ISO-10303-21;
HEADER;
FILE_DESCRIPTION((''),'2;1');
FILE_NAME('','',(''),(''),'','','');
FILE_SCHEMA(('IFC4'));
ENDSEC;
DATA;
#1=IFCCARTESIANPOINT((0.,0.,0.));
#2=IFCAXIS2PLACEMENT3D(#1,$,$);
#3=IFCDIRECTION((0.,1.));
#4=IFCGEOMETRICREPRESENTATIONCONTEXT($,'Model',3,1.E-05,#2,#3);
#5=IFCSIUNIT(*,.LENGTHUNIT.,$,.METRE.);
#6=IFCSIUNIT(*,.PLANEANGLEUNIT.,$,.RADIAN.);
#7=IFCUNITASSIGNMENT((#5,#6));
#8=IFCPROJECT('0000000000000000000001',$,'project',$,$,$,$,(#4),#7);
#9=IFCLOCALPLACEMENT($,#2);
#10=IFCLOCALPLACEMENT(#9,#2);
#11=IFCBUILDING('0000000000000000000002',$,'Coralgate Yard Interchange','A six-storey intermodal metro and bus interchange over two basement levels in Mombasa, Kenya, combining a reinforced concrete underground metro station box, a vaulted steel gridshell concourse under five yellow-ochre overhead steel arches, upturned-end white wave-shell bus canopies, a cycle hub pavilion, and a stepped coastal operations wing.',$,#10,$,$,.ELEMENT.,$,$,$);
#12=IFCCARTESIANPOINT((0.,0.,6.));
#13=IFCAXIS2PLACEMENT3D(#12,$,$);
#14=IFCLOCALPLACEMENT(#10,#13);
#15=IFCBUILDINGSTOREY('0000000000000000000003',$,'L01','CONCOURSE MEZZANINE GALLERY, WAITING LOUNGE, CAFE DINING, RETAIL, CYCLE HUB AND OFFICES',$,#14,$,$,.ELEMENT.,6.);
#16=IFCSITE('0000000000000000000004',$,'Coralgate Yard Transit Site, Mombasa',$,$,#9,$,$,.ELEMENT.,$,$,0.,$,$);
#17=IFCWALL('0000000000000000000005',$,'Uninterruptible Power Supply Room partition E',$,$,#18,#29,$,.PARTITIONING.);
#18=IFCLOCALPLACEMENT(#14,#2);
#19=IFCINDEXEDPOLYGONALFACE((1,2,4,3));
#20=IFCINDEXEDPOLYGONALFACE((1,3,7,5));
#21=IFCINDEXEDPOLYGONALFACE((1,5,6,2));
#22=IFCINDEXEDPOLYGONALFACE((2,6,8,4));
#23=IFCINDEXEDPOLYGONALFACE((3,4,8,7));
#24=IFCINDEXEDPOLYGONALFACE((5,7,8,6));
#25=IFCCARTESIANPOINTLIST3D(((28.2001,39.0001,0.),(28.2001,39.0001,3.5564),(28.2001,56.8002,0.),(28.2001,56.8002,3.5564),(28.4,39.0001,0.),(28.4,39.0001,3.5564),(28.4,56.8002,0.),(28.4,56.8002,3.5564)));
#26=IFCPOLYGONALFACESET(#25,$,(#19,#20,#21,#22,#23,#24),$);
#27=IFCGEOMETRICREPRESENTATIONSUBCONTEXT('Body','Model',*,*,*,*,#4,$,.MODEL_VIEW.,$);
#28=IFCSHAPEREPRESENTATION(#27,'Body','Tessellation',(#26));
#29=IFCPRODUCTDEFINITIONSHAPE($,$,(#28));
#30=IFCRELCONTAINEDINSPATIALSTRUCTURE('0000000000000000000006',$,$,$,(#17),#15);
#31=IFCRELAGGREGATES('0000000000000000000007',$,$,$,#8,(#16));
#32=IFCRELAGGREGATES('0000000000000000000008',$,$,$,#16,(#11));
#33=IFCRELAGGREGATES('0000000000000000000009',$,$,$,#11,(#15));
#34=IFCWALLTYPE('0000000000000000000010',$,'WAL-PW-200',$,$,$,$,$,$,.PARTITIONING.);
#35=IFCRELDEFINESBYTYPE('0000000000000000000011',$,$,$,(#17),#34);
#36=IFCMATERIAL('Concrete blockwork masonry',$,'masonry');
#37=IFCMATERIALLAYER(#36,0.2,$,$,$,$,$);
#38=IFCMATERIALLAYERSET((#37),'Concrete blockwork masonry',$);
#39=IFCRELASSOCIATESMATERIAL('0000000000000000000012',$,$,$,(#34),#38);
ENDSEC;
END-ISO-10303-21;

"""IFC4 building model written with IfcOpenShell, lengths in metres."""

from ifc_helpers import new_model, si_unit, direction, frame, frame_2d, origin, place, context, subcontext, project, spatial, rectangle, extrude, material, layer, layer_set, type_object, element, save


model = new_model("IFC4")

# Units and contexts
model_context = context("Model", 3, precision=1e-05, world=origin(), true_north=direction((0.0, 1.0)))
body_context = subcontext(model_context, "Body", "Model", "MODEL_VIEW")
ifc_project = project(units=[si_unit("LENGTHUNIT", "METRE"), si_unit("PLANEANGLEUNIT", "RADIAN")], contexts=[model_context])

# Site, building, storey
site_placement = place(None, origin())
site = spatial("IfcSite", under=ifc_project, at=site_placement, Name="Coralgate Yard Transit Site, Mombasa", CompositionType="ELEMENT", RefElevation=0.0)
building_placement = place(site_placement, origin())
building = spatial("IfcBuilding", under=site, at=building_placement, Name="Coralgate Yard Interchange", Description="A six-storey intermodal metro and bus interchange over two basement levels in Mombasa, Kenya, combining a reinforced concrete underground metro station box, a vaulted steel gridshell concourse under five yellow-ochre overhead steel arches, upturned-end white wave-shell bus canopies, a cycle hub pavilion, and a stepped coastal operations wing.", CompositionType="ELEMENT")
storey_placement = place(building_placement, frame((0.0, 0.0, 6.0)))
storey = spatial("IfcBuildingStorey", under=building, at=storey_placement, Name="L01", Description="CONCOURSE MEZZANINE GALLERY, WAITING LOUNGE, CAFE DINING, RETAIL, CYCLE HUB AND OFFICES", CompositionType="ELEMENT", Elevation=6.0)

# Wall
ifc_material_1 = material(Name="Concrete blockwork masonry", Category="masonry")
ifc_layer_1 = layer(ifc_material_1, 0.2)
ifc_layer_set_1 = layer_set([ifc_layer_1], Name="Concrete blockwork masonry")
wall_type = type_object("IfcWallType", Name="WAL-PW-200", PredefinedType="PARTITIONING", material=ifc_layer_set_1)
wall_placement = place(storey_placement, frame((28.3, 56.8, 0.0), z_axis=(0.0, 0.0, 1.0), x_axis=(0.0, -1.0, 0.0)))
element("IfcWall", 1, at=wall_placement, inside=storey, type_object=wall_type, Name="Uninterruptible Power Supply Room partition E", PredefinedType="PARTITIONING", context=body_context, shape_type="SweptSolid", body=[
    extrude(rectangle(XDim=17.8, YDim=0.2, at=frame_2d((8.8999, 0.0))), origin(), (0.0, 0.0, 1.0), 3.5564),
])

save(model, "model.ifc")
